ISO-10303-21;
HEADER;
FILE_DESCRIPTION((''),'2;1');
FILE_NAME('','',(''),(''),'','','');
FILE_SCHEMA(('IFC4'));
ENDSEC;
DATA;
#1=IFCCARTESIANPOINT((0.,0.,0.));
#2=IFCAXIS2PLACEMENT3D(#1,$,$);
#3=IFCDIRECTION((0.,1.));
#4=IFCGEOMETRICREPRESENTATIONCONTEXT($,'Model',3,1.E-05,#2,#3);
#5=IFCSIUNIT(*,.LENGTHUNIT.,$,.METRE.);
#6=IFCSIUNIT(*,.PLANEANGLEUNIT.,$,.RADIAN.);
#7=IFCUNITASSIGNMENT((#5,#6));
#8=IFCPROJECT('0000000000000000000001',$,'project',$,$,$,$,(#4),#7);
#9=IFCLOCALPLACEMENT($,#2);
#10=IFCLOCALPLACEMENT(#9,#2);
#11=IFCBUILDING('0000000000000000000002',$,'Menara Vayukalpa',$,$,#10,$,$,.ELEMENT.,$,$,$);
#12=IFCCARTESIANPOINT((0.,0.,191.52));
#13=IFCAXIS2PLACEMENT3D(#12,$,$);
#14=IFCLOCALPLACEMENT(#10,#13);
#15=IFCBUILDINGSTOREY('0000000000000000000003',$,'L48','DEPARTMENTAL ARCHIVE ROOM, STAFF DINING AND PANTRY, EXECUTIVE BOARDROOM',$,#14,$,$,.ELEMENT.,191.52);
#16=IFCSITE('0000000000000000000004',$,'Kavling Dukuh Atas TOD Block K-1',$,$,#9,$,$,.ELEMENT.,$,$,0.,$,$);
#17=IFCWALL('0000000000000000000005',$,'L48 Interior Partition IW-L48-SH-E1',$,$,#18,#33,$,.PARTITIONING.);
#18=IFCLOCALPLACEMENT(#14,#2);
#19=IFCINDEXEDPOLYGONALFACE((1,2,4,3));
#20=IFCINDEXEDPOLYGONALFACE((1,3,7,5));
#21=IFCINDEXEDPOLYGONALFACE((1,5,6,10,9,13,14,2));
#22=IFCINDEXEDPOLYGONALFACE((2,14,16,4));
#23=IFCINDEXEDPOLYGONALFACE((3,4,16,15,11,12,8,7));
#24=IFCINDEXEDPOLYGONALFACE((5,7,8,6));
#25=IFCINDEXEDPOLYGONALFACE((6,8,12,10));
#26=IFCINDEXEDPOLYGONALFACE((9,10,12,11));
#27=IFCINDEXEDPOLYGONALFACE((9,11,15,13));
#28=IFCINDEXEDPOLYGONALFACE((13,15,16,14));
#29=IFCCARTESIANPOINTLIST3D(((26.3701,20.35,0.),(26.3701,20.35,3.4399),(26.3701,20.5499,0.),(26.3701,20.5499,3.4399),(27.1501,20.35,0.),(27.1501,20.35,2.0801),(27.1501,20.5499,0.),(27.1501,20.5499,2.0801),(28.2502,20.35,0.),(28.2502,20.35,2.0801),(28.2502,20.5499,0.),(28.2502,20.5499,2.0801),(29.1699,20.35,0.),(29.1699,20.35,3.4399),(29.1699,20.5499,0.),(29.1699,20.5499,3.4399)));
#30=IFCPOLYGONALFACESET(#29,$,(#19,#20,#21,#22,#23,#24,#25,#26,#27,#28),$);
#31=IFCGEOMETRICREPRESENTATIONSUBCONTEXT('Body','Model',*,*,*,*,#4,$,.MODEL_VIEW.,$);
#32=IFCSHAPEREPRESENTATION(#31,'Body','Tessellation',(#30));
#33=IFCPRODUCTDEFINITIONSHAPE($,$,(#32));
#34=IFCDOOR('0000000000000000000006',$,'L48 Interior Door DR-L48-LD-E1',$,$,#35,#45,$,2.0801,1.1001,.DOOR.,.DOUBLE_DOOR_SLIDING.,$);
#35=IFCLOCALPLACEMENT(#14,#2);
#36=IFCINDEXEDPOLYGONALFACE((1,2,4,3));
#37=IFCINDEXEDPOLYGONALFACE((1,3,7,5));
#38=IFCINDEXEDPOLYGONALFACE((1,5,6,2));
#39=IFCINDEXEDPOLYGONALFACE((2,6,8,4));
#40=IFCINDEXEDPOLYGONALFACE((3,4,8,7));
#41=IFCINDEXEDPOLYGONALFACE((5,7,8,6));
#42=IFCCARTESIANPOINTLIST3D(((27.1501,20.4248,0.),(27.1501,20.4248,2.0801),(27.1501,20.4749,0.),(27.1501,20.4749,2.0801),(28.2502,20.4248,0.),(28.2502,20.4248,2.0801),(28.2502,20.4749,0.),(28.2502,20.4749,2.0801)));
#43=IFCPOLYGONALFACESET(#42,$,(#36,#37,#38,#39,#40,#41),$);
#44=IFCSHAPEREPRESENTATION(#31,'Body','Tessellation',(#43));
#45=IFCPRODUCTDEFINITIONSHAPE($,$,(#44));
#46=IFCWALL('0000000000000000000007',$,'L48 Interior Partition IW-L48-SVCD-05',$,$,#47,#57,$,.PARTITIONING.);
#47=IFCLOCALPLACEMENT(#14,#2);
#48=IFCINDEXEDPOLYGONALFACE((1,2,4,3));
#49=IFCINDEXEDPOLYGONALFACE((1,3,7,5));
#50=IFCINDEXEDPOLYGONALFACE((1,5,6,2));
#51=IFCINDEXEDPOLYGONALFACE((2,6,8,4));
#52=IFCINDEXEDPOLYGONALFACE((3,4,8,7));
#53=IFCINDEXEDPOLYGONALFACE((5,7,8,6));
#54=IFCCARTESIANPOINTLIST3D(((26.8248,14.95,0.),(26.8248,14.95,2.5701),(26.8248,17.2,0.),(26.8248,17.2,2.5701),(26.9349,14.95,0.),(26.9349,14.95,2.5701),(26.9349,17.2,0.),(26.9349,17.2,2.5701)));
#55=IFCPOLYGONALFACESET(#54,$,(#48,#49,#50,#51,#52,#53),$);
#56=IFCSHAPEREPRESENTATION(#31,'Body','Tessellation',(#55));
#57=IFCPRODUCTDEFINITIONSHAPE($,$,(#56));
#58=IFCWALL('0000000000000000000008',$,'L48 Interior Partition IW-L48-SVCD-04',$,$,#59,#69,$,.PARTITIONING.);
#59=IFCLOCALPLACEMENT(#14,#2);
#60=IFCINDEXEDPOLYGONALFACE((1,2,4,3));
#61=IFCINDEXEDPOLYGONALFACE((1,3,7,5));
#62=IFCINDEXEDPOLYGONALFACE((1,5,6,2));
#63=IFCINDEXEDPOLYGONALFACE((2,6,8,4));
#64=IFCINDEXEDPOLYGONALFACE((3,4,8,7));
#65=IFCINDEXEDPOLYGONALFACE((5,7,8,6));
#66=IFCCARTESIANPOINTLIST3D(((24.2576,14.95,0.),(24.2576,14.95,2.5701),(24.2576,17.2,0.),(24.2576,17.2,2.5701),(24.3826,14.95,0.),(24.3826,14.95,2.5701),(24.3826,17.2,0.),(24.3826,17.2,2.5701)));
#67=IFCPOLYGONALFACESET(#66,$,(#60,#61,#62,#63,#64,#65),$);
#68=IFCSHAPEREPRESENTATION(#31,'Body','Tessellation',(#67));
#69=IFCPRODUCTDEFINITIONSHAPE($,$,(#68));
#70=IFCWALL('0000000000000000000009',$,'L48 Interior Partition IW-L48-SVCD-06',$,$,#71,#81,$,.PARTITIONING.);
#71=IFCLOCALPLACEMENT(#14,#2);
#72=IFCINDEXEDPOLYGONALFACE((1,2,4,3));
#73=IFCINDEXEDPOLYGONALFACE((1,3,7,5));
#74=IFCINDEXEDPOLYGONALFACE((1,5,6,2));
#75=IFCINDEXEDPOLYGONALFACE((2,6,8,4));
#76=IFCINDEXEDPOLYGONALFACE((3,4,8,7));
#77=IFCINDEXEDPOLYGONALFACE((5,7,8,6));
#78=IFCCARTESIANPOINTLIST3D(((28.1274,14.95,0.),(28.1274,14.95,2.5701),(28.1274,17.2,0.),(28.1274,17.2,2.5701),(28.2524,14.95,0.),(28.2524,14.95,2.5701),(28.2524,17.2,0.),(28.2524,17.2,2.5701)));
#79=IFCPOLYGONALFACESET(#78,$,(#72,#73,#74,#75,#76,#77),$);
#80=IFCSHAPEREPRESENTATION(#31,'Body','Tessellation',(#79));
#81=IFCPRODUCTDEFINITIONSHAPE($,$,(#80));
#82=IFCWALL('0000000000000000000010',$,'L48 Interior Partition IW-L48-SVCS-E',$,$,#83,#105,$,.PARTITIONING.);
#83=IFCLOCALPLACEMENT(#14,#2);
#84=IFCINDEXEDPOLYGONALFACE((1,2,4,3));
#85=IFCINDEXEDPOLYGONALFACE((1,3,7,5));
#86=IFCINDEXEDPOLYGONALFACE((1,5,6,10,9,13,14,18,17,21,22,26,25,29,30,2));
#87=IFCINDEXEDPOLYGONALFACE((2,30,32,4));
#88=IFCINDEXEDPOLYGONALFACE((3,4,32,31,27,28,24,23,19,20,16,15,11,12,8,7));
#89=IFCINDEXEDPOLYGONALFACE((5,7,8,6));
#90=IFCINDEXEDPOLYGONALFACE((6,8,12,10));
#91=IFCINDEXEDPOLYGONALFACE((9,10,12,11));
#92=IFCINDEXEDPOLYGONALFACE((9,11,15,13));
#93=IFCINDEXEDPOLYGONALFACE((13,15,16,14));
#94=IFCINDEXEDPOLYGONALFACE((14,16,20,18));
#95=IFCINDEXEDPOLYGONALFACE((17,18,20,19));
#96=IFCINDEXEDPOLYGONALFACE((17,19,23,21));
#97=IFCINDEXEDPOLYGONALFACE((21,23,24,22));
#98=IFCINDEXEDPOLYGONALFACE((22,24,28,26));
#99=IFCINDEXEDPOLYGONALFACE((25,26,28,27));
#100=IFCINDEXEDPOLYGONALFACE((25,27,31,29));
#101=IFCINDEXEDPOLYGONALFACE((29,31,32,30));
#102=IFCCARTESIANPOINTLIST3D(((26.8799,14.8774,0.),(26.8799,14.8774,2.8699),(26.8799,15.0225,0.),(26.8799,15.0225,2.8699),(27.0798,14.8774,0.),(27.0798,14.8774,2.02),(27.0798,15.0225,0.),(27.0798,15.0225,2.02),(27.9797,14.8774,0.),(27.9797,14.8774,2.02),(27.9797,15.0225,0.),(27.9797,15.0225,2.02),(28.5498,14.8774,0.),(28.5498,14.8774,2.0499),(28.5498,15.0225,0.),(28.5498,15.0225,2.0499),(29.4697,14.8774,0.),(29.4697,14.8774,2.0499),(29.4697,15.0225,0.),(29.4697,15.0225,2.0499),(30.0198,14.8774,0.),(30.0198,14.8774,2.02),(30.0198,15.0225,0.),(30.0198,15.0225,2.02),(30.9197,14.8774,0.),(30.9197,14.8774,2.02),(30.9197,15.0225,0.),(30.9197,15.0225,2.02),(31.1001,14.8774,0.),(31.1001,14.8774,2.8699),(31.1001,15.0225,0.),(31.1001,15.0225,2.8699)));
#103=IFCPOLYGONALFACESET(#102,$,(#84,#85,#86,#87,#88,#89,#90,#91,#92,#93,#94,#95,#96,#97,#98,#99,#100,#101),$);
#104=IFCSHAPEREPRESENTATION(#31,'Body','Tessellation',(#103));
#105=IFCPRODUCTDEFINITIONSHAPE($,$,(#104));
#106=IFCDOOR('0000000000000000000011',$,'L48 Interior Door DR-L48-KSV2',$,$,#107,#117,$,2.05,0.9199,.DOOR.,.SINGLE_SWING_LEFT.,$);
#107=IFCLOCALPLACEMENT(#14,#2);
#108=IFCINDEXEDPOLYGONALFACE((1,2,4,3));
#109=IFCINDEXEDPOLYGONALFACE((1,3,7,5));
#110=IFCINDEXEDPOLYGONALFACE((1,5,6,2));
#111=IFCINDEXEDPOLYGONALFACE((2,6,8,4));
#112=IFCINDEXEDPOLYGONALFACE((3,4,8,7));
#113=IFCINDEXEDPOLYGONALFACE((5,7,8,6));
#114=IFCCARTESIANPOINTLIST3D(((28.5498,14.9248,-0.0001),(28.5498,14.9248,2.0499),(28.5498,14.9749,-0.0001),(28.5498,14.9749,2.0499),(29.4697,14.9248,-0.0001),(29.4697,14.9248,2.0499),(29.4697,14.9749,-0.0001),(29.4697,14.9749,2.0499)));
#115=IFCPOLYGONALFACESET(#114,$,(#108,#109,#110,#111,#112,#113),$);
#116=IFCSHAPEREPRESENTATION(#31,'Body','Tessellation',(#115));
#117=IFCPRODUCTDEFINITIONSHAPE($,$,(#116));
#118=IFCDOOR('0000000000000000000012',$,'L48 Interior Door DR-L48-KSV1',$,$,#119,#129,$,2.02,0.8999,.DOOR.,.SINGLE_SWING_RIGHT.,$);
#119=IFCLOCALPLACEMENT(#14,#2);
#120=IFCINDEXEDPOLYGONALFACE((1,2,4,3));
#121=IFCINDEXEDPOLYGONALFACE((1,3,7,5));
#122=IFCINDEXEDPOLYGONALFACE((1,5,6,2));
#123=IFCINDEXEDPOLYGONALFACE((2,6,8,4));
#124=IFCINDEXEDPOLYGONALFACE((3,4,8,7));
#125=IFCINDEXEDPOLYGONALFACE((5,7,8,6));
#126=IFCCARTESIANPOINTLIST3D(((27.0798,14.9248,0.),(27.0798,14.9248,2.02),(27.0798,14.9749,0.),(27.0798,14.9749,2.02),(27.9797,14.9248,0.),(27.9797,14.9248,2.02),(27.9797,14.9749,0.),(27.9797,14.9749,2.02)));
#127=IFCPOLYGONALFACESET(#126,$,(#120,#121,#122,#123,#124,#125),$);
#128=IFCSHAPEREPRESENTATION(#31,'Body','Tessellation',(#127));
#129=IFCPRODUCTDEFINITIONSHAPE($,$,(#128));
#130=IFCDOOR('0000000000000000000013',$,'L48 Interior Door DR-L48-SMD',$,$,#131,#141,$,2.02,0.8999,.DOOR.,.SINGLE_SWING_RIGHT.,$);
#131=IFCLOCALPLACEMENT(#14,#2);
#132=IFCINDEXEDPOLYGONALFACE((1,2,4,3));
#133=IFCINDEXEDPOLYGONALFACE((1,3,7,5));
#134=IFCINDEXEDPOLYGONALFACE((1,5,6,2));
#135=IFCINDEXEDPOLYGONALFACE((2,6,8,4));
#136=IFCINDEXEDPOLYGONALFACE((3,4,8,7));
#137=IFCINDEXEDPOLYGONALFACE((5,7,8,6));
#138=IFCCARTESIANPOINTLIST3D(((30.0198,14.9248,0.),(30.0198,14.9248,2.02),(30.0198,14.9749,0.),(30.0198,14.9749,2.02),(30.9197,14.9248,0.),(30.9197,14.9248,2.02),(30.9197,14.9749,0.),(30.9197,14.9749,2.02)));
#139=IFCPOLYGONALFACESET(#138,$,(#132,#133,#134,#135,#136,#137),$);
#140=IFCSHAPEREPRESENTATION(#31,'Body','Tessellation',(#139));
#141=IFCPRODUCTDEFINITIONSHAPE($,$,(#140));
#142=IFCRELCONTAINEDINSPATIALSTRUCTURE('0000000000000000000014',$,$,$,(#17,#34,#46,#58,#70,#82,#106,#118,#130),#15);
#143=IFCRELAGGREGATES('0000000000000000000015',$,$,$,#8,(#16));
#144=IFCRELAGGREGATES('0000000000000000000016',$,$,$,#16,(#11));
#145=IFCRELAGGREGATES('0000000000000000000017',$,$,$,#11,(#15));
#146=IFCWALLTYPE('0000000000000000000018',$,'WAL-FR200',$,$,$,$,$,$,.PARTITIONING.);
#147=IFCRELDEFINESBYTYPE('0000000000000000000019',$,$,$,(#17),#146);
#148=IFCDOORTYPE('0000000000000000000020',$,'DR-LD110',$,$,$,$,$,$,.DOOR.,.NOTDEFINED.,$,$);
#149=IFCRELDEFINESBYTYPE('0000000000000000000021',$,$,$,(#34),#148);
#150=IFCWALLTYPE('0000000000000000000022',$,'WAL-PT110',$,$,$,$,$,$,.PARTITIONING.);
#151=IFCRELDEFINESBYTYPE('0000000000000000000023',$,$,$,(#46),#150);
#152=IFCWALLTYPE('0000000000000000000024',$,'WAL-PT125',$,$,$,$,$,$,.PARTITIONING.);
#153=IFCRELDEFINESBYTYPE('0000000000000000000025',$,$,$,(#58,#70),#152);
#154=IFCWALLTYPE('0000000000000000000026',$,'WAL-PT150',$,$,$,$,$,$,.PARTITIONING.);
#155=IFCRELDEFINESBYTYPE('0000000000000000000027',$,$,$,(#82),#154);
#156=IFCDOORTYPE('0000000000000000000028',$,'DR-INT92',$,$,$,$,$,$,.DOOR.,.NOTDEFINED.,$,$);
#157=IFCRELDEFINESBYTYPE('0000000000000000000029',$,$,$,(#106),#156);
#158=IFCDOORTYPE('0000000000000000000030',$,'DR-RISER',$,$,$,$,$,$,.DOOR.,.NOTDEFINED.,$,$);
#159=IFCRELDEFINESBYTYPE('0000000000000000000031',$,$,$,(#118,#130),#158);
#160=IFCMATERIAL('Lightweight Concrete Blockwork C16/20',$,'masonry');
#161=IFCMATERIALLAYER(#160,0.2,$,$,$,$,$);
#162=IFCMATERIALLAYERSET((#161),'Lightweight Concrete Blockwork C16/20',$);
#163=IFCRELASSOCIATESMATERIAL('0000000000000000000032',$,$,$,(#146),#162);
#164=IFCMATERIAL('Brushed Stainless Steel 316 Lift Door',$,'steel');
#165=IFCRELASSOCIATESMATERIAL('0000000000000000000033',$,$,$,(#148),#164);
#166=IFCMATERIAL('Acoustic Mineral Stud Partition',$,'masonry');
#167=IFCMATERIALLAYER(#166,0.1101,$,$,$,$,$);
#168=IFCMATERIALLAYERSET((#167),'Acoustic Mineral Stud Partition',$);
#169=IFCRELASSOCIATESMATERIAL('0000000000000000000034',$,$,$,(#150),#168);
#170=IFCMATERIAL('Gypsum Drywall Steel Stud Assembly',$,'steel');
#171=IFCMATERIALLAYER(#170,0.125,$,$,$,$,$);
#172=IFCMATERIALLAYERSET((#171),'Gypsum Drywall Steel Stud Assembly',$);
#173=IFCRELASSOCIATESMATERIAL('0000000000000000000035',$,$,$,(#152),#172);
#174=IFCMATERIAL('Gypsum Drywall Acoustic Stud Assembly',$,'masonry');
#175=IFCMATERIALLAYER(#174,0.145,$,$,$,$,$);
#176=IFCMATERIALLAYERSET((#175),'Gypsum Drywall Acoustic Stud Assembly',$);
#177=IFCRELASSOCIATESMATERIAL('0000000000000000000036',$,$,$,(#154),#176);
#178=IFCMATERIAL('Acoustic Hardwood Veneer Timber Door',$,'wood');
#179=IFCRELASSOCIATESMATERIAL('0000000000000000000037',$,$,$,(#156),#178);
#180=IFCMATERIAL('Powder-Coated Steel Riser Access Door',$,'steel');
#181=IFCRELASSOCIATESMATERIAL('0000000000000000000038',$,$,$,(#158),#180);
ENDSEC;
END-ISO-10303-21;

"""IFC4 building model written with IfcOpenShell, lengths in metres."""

from ifc_helpers import new_model, si_unit, direction, frame, frame_2d, origin, place, context, subcontext, project, spatial, rectangle, extrude, material, layer, layer_set, type_object, element, fill, save


model = new_model("IFC4")

# Units and contexts
model_context = context("Model", 3, precision=1e-05, world=origin(), true_north=direction((0.0, 1.0)))
body_context = subcontext(model_context, "Body", "Model", "MODEL_VIEW")
ifc_project = project(units=[si_unit("LENGTHUNIT", "METRE"), si_unit("PLANEANGLEUNIT", "RADIAN")], contexts=[model_context])

# Site, building, storey
site_placement = place(None, origin())
site = spatial("IfcSite", under=ifc_project, at=site_placement, Name="Kavling Dukuh Atas TOD Block K-1", CompositionType="ELEMENT", RefElevation=0.0)
building_placement = place(site_placement, origin())
building = spatial("IfcBuilding", under=site, at=building_placement, Name="Menara Vayukalpa", CompositionType="ELEMENT")
storey_placement = place(building_placement, frame((0.0, 0.0, 191.52)))
storey = spatial("IfcBuildingStorey", under=building, at=storey_placement, Name="L48", Description="DEPARTMENTAL ARCHIVE ROOM, STAFF DINING AND PANTRY, EXECUTIVE BOARDROOM", CompositionType="ELEMENT", Elevation=191.52)

# Wall, opening, door
ifc_material_1 = material(Name="Lightweight Concrete Blockwork C16/20", Category="masonry")
ifc_layer_1 = layer(ifc_material_1, 0.2)
ifc_layer_set_1 = layer_set([ifc_layer_1], Name="Lightweight Concrete Blockwork C16/20")
wall_type_1 = type_object("IfcWallType", Name="WAL-FR200", PredefinedType="PARTITIONING", material=ifc_layer_set_1)
wall_1_placement = place(storey_placement, frame((26.3701, 20.45, 0.0), z_axis=(0.0, 0.0, 1.0), x_axis=(1.0, 0.0, 0.0)))
wall_1 = element("IfcWall", 1, at=wall_1_placement, inside=storey, type_object=wall_type_1, Name="L48 Interior Partition IW-L48-SH-E1", PredefinedType="PARTITIONING", context=body_context, shape_type="SweptSolid", body=[
    extrude(rectangle(XDim=2.7998, YDim=0.2, at=frame_2d((1.3999, 0.0))), origin(), (0.0, 0.0, 1.0), 3.4399),
])
opening_1_placement = place(wall_1_placement, frame((0.78, 0.0, 0.0)))
opening_1 = element("IfcOpeningElement", 2, at=opening_1_placement, cuts=wall_1, PredefinedType="OPENING", context=body_context, shape_type="SweptSolid", body=[
    extrude(rectangle(XDim=1.1001, YDim=2.0801, at=frame_2d((0.55, 1.04))), frame((0.0, 0.1099, 0.0), z_axis=(0.0, -1.0, 0.0), x_axis=(1.0, 0.0, 0.0)), (0.0, 0.0, 1.0), 0.22),
])
ifc_material_2 = material(Name="Brushed Stainless Steel 316 Lift Door", Category="steel")
door_type_1 = type_object("IfcDoorType", Name="DR-LD110", OperationType="NOTDEFINED", PredefinedType="DOOR", material=ifc_material_2)
door_1_placement = place(opening_1_placement, origin())
door_1 = element("IfcDoor", 3, at=door_1_placement, inside=storey, type_object=door_type_1, Name="L48 Interior Door DR-L48-LD-E1", OperationType="DOUBLE_DOOR_SLIDING", OverallHeight=2.0801, OverallWidth=1.1001, PredefinedType="DOOR", context=body_context, shape_type="SweptSolid", body=[
    extrude(rectangle(XDim=1.1001, YDim=2.0801, at=frame_2d((0.55, 1.04))), frame((0.0, 0.0249, 0.0), z_axis=(0.0, -1.0, 0.0), x_axis=(1.0, 0.0, 0.0)), (0.0, 0.0, 1.0), 0.05),
])
fill(opening_1, door_1)

# Walls
ifc_material_3 = material(Name="Acoustic Mineral Stud Partition", Category="masonry")
ifc_layer_2 = layer(ifc_material_3, 0.1101)
ifc_layer_set_2 = layer_set([ifc_layer_2], Name="Acoustic Mineral Stud Partition")
wall_type_2 = type_object("IfcWallType", Name="WAL-PT110", PredefinedType="PARTITIONING", material=ifc_layer_set_2)
wall_2_placement = place(storey_placement, frame((26.8799, 14.95, 0.0), z_axis=(0.0, 0.0, 1.0), x_axis=(0.0, 1.0, 0.0)))
element("IfcWall", 4, at=wall_2_placement, inside=storey, type_object=wall_type_2, Name="L48 Interior Partition IW-L48-SVCD-05", PredefinedType="PARTITIONING", context=body_context, shape_type="SweptSolid", body=[
    extrude(rectangle(XDim=2.25, YDim=0.1101, at=frame_2d((1.125, 0.0))), origin(), (0.0, 0.0, 1.0), 2.5701),
])
ifc_material_4 = material(Name="Gypsum Drywall Steel Stud Assembly", Category="steel")
ifc_layer_3 = layer(ifc_material_4, 0.125)
ifc_layer_set_3 = layer_set([ifc_layer_3], Name="Gypsum Drywall Steel Stud Assembly")
wall_type_3 = type_object("IfcWallType", Name="WAL-PT125", PredefinedType="PARTITIONING", material=ifc_layer_set_3)
for number, where, z_axis, x_axis, name in (
    (5, (24.3201, 14.95, 0.0), (0.0, 0.0, 1.0), (0.0, 1.0, 0.0), "L48 Interior Partition IW-L48-SVCD-04"),
    (6, (28.1899, 14.95, 0.0), (0.0, 0.0, 1.0), (0.0, 1.0, 0.0), "L48 Interior Partition IW-L48-SVCD-06"),
):
    element("IfcWall", number, at=place(storey_placement, frame(where, z_axis=z_axis, x_axis=x_axis)), inside=storey, type_object=wall_type_3, Name=name, PredefinedType="PARTITIONING", context=body_context, shape_type="SweptSolid", body=[
        extrude(rectangle(XDim=2.25, YDim=0.125, at=frame_2d((1.125, 0.0))), origin(), (0.0, 0.0, 1.0), 2.5701),
    ])

# Wall, openings, doors
ifc_material_5 = material(Name="Gypsum Drywall Acoustic Stud Assembly", Category="masonry")
ifc_layer_4 = layer(ifc_material_5, 0.145)
ifc_layer_set_4 = layer_set([ifc_layer_4], Name="Gypsum Drywall Acoustic Stud Assembly")
wall_type_4 = type_object("IfcWallType", Name="WAL-PT150", PredefinedType="PARTITIONING", material=ifc_layer_set_4)
wall_3_placement = place(storey_placement, frame((26.8799, 14.95, 0.0), z_axis=(0.0, 0.0, 1.0), x_axis=(1.0, 0.0, 0.0)))
wall_3 = element("IfcWall", 7, at=wall_3_placement, inside=storey, type_object=wall_type_4, Name="L48 Interior Partition IW-L48-SVCS-E", PredefinedType="PARTITIONING", context=body_context, shape_type="SweptSolid", body=[
    extrude(rectangle(XDim=4.2202, YDim=0.145, at=frame_2d((2.1101, 0.0))), origin(), (0.0, 0.0, 1.0), 2.8699),
])
opening_2_placement = place(wall_3_placement, frame((0.2, 0.0, 0.0)))
opening_2 = element("IfcOpeningElement", 8, at=opening_2_placement, cuts=wall_3, PredefinedType="OPENING", context=body_context, shape_type="SweptSolid", body=[
    extrude(rectangle(XDim=0.8999, YDim=2.02, at=frame_2d((0.45, 1.01))), frame((0.0, 0.0825, 0.0), z_axis=(0.0, -1.0, 0.0), x_axis=(1.0, 0.0, 0.0)), (0.0, 0.0, 1.0), 0.165),
])
opening_3_placement = place(wall_3_placement, frame((1.6699, 0.0, 0.0)))
opening_3 = element("IfcOpeningElement", 9, at=opening_3_placement, cuts=wall_3, PredefinedType="OPENING", context=body_context, shape_type="SweptSolid", body=[
    extrude(rectangle(XDim=0.9199, YDim=2.05, at=frame_2d((0.46, 1.0249))), frame((0.0, 0.0825, 0.0), z_axis=(0.0, -1.0, 0.0), x_axis=(1.0, 0.0, 0.0)), (0.0, 0.0, 1.0), 0.165),
])
opening_4_placement = place(wall_3_placement, frame((3.1399, 0.0, 0.0)))
opening_4 = element("IfcOpeningElement", 10, at=opening_4_placement, cuts=wall_3, PredefinedType="OPENING", context=body_context, shape_type="SweptSolid", body=[
    extrude(rectangle(XDim=0.8999, YDim=2.02, at=frame_2d((0.45, 1.01))), frame((0.0, 0.0825, 0.0), z_axis=(0.0, -1.0, 0.0), x_axis=(1.0, 0.0, 0.0)), (0.0, 0.0, 1.0), 0.165),
])
ifc_material_6 = material(Name="Acoustic Hardwood Veneer Timber Door", Category="wood")
door_type_2 = type_object("IfcDoorType", Name="DR-INT92", OperationType="NOTDEFINED", PredefinedType="DOOR", material=ifc_material_6)
door_2_placement = place(opening_3_placement, origin())
door_2 = element("IfcDoor", 11, at=door_2_placement, inside=storey, type_object=door_type_2, Name="L48 Interior Door DR-L48-KSV2", OperationType="SINGLE_SWING_LEFT", OverallHeight=2.05, OverallWidth=0.9199, PredefinedType="DOOR", context=body_context, shape_type="SweptSolid", body=[
    extrude(rectangle(XDim=0.9199, YDim=2.05, at=frame_2d((0.46, 1.0249))), frame((0.0, 0.0249, 0.0), z_axis=(0.0, -1.0, 0.0), x_axis=(1.0, 0.0, 0.0)), (0.0, 0.0, 1.0), 0.05),
])
fill(opening_3, door_2)
ifc_material_7 = material(Name="Powder-Coated Steel Riser Access Door", Category="steel")
door_type_3 = type_object("IfcDoorType", Name="DR-RISER", OperationType="NOTDEFINED", PredefinedType="DOOR", material=ifc_material_7)
door_3_placement = place(opening_2_placement, origin())
door_3 = element("IfcDoor", 12, at=door_3_placement, inside=storey, type_object=door_type_3, Name="L48 Interior Door DR-L48-KSV1", OperationType="SINGLE_SWING_RIGHT", OverallHeight=2.02, OverallWidth=0.8999, PredefinedType="DOOR", context=body_context, shape_type="SweptSolid", body=[
    extrude(rectangle(XDim=0.8999, YDim=2.02, at=frame_2d((0.45, 1.01))), frame((0.0, 0.0249, 0.0), z_axis=(0.0, -1.0, 0.0), x_axis=(1.0, 0.0, 0.0)), (0.0, 0.0, 1.0), 0.05),
])
fill(opening_2, door_3)
door_4_placement = place(opening_4_placement, origin())
door_4 = element("IfcDoor", 13, at=door_4_placement, inside=storey, type_object=door_type_3, Name="L48 Interior Door DR-L48-SMD", OperationType="SINGLE_SWING_RIGHT", OverallHeight=2.02, OverallWidth=0.8999, PredefinedType="DOOR", context=body_context, shape_type="SweptSolid", body=[
    extrude(rectangle(XDim=0.8999, YDim=2.02, at=frame_2d((0.45, 1.01))), frame((0.0, 0.0249, 0.0), z_axis=(0.0, -1.0, 0.0), x_axis=(1.0, 0.0, 0.0)), (0.0, 0.0, 1.0), 0.05),
])
fill(opening_4, door_4)

save(model, "model.ifc")
